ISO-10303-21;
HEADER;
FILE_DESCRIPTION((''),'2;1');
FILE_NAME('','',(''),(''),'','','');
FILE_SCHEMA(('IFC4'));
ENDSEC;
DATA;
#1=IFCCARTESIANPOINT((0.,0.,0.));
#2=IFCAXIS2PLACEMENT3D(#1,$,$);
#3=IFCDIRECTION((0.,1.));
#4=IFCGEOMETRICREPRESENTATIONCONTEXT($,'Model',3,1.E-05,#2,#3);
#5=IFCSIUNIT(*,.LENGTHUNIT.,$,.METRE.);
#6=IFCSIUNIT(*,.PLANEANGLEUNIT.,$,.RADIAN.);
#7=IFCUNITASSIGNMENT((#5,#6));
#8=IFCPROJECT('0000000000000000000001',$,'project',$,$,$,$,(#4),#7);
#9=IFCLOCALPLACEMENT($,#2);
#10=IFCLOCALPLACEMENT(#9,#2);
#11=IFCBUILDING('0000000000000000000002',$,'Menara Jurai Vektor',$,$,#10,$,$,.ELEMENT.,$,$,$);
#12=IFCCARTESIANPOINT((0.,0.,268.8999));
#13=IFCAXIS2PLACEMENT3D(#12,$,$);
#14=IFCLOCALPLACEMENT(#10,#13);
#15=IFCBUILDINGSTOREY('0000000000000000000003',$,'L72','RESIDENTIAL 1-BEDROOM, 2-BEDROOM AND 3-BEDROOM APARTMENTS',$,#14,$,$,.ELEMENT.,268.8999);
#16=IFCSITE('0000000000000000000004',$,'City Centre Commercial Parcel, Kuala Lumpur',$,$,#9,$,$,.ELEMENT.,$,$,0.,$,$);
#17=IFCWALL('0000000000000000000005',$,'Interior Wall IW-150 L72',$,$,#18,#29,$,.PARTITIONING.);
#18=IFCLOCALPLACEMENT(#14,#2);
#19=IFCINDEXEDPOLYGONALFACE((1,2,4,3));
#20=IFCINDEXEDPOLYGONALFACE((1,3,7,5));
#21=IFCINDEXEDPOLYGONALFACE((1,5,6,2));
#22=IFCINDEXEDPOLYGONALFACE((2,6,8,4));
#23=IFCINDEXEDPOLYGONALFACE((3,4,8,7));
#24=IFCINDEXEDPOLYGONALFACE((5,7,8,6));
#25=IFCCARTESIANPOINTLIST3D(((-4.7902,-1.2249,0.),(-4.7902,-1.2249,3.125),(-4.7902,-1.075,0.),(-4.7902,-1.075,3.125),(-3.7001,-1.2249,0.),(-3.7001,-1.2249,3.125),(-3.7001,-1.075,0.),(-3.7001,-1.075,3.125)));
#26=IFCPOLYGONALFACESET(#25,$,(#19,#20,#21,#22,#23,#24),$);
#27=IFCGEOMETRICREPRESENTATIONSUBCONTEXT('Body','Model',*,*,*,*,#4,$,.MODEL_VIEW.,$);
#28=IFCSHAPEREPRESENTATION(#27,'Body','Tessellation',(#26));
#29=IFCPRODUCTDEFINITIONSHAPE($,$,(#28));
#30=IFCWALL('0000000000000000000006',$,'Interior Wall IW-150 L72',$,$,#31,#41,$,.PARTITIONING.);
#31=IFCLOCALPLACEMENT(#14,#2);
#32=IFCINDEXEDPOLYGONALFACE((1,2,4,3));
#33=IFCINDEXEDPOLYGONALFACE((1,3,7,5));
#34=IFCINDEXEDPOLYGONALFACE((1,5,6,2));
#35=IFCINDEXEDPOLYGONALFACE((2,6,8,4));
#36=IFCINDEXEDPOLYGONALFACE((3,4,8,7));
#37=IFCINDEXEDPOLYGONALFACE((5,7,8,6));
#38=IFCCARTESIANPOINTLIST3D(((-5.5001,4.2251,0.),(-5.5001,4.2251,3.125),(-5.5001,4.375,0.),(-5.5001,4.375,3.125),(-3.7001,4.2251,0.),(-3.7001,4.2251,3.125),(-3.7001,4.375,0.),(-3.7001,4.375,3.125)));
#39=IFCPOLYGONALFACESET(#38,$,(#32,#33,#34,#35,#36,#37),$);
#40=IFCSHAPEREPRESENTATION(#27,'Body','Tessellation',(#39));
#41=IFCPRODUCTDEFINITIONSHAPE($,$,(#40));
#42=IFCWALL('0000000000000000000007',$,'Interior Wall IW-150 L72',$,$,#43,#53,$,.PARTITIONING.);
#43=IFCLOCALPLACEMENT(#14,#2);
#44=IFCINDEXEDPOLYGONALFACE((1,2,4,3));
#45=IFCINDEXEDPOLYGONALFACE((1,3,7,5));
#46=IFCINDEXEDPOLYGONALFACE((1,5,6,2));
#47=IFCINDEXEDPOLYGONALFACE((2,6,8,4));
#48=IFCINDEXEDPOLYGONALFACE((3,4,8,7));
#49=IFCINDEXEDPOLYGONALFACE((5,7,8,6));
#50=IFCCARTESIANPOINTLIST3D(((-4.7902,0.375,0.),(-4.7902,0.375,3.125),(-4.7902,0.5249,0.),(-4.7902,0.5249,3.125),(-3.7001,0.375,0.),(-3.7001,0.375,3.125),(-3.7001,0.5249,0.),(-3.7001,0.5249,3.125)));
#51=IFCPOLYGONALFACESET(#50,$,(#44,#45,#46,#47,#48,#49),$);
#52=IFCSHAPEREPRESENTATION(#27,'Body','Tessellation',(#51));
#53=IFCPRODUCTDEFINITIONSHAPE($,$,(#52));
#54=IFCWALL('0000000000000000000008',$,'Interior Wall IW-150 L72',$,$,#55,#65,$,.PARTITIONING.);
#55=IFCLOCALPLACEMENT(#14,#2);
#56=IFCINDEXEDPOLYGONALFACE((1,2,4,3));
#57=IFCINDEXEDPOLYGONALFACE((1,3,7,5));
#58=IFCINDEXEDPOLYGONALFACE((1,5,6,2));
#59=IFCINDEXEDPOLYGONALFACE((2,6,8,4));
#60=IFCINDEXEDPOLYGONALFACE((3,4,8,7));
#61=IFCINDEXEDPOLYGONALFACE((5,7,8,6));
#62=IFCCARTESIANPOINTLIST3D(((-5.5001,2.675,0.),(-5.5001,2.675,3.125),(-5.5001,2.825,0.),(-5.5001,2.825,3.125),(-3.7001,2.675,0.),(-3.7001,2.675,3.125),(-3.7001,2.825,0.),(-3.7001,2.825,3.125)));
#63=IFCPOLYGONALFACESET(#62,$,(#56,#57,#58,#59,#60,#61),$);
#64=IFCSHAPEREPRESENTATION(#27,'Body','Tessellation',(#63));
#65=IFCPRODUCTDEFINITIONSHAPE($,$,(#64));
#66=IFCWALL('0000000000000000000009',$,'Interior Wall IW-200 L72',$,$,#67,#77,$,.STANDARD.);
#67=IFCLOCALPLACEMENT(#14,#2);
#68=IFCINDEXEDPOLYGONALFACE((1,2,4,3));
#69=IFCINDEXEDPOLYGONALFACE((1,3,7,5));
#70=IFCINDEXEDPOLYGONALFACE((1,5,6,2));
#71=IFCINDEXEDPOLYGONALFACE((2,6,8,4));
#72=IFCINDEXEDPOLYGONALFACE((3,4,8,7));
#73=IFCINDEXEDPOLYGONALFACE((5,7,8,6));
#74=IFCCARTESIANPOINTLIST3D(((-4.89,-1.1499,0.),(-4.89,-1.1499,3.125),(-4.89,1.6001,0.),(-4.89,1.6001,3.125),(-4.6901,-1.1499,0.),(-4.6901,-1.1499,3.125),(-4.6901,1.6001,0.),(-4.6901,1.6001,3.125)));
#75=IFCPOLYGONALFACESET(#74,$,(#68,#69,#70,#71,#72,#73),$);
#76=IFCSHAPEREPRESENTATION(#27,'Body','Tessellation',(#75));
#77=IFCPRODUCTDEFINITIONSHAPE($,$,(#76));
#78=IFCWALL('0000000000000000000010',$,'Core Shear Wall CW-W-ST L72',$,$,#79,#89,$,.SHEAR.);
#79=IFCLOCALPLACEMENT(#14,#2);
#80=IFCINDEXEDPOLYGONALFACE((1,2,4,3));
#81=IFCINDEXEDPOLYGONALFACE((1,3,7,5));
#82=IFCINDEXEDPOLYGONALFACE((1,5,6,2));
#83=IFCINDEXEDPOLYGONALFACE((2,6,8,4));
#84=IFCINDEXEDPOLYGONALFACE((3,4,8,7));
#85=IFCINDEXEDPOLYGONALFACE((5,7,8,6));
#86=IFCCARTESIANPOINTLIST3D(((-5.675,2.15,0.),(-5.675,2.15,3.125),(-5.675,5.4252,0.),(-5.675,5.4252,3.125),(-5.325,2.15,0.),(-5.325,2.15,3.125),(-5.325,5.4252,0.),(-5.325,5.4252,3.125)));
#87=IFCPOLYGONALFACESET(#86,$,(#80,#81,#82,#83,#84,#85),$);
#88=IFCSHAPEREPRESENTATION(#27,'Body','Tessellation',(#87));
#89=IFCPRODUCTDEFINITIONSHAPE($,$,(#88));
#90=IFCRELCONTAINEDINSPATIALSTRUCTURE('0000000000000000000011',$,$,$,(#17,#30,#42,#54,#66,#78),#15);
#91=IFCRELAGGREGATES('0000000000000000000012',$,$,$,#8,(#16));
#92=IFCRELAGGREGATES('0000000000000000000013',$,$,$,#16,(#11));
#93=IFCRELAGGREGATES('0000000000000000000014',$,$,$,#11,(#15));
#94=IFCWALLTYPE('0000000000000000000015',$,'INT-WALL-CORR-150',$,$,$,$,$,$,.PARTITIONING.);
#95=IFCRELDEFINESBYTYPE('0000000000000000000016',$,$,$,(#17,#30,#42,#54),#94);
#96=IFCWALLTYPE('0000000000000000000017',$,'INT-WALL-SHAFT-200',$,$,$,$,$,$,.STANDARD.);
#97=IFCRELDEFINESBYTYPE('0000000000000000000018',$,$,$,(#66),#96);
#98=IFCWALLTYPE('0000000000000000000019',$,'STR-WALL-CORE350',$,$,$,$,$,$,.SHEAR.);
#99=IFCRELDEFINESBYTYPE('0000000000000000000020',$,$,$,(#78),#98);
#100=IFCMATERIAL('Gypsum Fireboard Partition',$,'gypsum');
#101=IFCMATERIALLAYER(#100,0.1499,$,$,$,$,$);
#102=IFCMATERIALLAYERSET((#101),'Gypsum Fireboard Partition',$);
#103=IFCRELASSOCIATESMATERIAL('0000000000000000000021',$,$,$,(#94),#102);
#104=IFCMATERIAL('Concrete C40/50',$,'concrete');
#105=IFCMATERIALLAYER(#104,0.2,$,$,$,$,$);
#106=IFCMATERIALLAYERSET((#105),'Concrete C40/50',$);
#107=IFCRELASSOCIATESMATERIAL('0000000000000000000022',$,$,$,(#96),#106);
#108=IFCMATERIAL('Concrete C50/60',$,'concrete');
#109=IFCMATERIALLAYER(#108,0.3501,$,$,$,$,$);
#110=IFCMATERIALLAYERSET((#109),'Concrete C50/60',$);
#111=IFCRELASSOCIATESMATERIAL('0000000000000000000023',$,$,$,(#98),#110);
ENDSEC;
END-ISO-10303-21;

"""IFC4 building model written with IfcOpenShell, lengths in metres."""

from ifc_helpers import new_model, si_unit, direction, frame, frame_2d, origin, place, context, subcontext, project, spatial, rectangle, extrude, material, layer, layer_set, type_object, element, save


model = new_model("IFC4")

# Units and contexts
model_context = context("Model", 3, precision=1e-05, world=origin(), true_north=direction((0.0, 1.0)))
body_context = subcontext(model_context, "Body", "Model", "MODEL_VIEW")
ifc_project = project(units=[si_unit("LENGTHUNIT", "METRE"), si_unit("PLANEANGLEUNIT", "RADIAN")], contexts=[model_context])

# Site, building, storey
site_placement = place(None, origin())
site = spatial("IfcSite", under=ifc_project, at=site_placement, Name="City Centre Commercial Parcel, Kuala Lumpur", CompositionType="ELEMENT", RefElevation=0.0)
building_placement = place(site_placement, origin())
building = spatial("IfcBuilding", under=site, at=building_placement, Name="Menara Jurai Vektor", CompositionType="ELEMENT")
storey_placement = place(building_placement, frame((0.0, 0.0, 268.8999)))
storey = spatial("IfcBuildingStorey", under=building, at=storey_placement, Name="L72", Description="RESIDENTIAL 1-BEDROOM, 2-BEDROOM AND 3-BEDROOM APARTMENTS", CompositionType="ELEMENT", Elevation=268.8999)

# Shared definitions
ifc_material_1 = material(Name="Concrete C50/60", Category="concrete")

# Shared definitions
ifc_material_2 = material(Name="Concrete C40/50", Category="concrete")

# Shared definitions
ifc_material_3 = material(Name="Gypsum Fireboard Partition", Category="gypsum")
ifc_layer_1 = layer(ifc_material_3, 0.1499)
ifc_layer_set_1 = layer_set([ifc_layer_1], Name="Gypsum Fireboard Partition")
wall_type_1 = type_object("IfcWallType", Name="INT-WALL-CORR-150", PredefinedType="PARTITIONING", material=ifc_layer_set_1)

# Walls
wall_1_placement = place(storey_placement, frame((-4.79, -1.1499, 0.0), z_axis=(0.0, 0.0, 1.0), x_axis=(1.0, 0.0, 0.0)))
element("IfcWall", 1, at=wall_1_placement, inside=storey, type_object=wall_type_1, Name="Interior Wall IW-150 L72", PredefinedType="PARTITIONING", context=body_context, shape_type="SweptSolid", body=[
    extrude(rectangle(XDim=1.0901, YDim=0.1499, at=frame_2d((0.5449, 0.0))), origin(), (0.0, 0.0, 1.0), 3.125),
])
wall_2_placement = place(storey_placement, frame((-5.5, 4.3, 0.0), z_axis=(0.0, 0.0, 1.0), x_axis=(1.0, 0.0, 0.0)))
element("IfcWall", 2, at=wall_2_placement, inside=storey, type_object=wall_type_1, Name="Interior Wall IW-150 L72", PredefinedType="PARTITIONING", context=body_context, shape_type="SweptSolid", body=[
    extrude(rectangle(XDim=1.8, YDim=0.1499, at=frame_2d((0.8999, 0.0))), origin(), (0.0, 0.0, 1.0), 3.125),
])
wall_3_placement = place(storey_placement, frame((-4.79, 0.45, 0.0), z_axis=(0.0, 0.0, 1.0), x_axis=(1.0, 0.0, 0.0)))
element("IfcWall", 3, at=wall_3_placement, inside=storey, type_object=wall_type_1, Name="Interior Wall IW-150 L72", PredefinedType="PARTITIONING", context=body_context, shape_type="SweptSolid", body=[
    extrude(rectangle(XDim=1.0901, YDim=0.1499, at=frame_2d((0.5449, 0.0))), origin(), (0.0, 0.0, 1.0), 3.125),
])
wall_4_placement = place(storey_placement, frame((-5.5, 2.75, 0.0), z_axis=(0.0, 0.0, 1.0), x_axis=(1.0, 0.0, 0.0)))
element("IfcWall", 4, at=wall_4_placement, inside=storey, type_object=wall_type_1, Name="Interior Wall IW-150 L72", PredefinedType="PARTITIONING", context=body_context, shape_type="SweptSolid", body=[
    extrude(rectangle(XDim=1.8, YDim=0.1499, at=frame_2d((0.8999, 0.0))), origin(), (0.0, 0.0, 1.0), 3.125),
])

# Shared definitions
ifc_layer_2 = layer(ifc_material_2, 0.2)
ifc_layer_set_2 = layer_set([ifc_layer_2], Name="Concrete C40/50")
wall_type_2 = type_object("IfcWallType", Name="INT-WALL-SHAFT-200", PredefinedType="STANDARD", material=ifc_layer_set_2)

# Walls
wall_5_placement = place(storey_placement, frame((-4.79, -1.1499, 0.0), z_axis=(0.0, 0.0, 1.0), x_axis=(0.0, 1.0, 0.0)))
element("IfcWall", 5, at=wall_5_placement, inside=storey, type_object=wall_type_2, Name="Interior Wall IW-200 L72", PredefinedType="STANDARD", context=body_context, shape_type="SweptSolid", body=[
    extrude(rectangle(XDim=2.75, YDim=0.2, at=frame_2d((1.375, 0.0))), origin(), (0.0, 0.0, 1.0), 3.125),
])
ifc_layer_3 = layer(ifc_material_1, 0.3501)
ifc_layer_set_3 = layer_set([ifc_layer_3], Name="Concrete C50/60")
wall_type_3 = type_object("IfcWallType", Name="STR-WALL-CORE350", PredefinedType="SHEAR", material=ifc_layer_set_3)
wall_6_placement = place(storey_placement, frame((-5.5, 2.1499, 0.0), z_axis=(0.0, 0.0, 1.0), x_axis=(0.0, 1.0, 0.0)))
element("IfcWall", 6, at=wall_6_placement, inside=storey, type_object=wall_type_3, Name="Core Shear Wall CW-W-ST L72", PredefinedType="SHEAR", context=body_context, shape_type="SweptSolid", body=[
    extrude(rectangle(XDim=3.2751, YDim=0.3501, at=frame_2d((1.6377, 0.0))), origin(), (0.0, 0.0, 1.0), 3.125),
])

save(model, "model.ifc")
